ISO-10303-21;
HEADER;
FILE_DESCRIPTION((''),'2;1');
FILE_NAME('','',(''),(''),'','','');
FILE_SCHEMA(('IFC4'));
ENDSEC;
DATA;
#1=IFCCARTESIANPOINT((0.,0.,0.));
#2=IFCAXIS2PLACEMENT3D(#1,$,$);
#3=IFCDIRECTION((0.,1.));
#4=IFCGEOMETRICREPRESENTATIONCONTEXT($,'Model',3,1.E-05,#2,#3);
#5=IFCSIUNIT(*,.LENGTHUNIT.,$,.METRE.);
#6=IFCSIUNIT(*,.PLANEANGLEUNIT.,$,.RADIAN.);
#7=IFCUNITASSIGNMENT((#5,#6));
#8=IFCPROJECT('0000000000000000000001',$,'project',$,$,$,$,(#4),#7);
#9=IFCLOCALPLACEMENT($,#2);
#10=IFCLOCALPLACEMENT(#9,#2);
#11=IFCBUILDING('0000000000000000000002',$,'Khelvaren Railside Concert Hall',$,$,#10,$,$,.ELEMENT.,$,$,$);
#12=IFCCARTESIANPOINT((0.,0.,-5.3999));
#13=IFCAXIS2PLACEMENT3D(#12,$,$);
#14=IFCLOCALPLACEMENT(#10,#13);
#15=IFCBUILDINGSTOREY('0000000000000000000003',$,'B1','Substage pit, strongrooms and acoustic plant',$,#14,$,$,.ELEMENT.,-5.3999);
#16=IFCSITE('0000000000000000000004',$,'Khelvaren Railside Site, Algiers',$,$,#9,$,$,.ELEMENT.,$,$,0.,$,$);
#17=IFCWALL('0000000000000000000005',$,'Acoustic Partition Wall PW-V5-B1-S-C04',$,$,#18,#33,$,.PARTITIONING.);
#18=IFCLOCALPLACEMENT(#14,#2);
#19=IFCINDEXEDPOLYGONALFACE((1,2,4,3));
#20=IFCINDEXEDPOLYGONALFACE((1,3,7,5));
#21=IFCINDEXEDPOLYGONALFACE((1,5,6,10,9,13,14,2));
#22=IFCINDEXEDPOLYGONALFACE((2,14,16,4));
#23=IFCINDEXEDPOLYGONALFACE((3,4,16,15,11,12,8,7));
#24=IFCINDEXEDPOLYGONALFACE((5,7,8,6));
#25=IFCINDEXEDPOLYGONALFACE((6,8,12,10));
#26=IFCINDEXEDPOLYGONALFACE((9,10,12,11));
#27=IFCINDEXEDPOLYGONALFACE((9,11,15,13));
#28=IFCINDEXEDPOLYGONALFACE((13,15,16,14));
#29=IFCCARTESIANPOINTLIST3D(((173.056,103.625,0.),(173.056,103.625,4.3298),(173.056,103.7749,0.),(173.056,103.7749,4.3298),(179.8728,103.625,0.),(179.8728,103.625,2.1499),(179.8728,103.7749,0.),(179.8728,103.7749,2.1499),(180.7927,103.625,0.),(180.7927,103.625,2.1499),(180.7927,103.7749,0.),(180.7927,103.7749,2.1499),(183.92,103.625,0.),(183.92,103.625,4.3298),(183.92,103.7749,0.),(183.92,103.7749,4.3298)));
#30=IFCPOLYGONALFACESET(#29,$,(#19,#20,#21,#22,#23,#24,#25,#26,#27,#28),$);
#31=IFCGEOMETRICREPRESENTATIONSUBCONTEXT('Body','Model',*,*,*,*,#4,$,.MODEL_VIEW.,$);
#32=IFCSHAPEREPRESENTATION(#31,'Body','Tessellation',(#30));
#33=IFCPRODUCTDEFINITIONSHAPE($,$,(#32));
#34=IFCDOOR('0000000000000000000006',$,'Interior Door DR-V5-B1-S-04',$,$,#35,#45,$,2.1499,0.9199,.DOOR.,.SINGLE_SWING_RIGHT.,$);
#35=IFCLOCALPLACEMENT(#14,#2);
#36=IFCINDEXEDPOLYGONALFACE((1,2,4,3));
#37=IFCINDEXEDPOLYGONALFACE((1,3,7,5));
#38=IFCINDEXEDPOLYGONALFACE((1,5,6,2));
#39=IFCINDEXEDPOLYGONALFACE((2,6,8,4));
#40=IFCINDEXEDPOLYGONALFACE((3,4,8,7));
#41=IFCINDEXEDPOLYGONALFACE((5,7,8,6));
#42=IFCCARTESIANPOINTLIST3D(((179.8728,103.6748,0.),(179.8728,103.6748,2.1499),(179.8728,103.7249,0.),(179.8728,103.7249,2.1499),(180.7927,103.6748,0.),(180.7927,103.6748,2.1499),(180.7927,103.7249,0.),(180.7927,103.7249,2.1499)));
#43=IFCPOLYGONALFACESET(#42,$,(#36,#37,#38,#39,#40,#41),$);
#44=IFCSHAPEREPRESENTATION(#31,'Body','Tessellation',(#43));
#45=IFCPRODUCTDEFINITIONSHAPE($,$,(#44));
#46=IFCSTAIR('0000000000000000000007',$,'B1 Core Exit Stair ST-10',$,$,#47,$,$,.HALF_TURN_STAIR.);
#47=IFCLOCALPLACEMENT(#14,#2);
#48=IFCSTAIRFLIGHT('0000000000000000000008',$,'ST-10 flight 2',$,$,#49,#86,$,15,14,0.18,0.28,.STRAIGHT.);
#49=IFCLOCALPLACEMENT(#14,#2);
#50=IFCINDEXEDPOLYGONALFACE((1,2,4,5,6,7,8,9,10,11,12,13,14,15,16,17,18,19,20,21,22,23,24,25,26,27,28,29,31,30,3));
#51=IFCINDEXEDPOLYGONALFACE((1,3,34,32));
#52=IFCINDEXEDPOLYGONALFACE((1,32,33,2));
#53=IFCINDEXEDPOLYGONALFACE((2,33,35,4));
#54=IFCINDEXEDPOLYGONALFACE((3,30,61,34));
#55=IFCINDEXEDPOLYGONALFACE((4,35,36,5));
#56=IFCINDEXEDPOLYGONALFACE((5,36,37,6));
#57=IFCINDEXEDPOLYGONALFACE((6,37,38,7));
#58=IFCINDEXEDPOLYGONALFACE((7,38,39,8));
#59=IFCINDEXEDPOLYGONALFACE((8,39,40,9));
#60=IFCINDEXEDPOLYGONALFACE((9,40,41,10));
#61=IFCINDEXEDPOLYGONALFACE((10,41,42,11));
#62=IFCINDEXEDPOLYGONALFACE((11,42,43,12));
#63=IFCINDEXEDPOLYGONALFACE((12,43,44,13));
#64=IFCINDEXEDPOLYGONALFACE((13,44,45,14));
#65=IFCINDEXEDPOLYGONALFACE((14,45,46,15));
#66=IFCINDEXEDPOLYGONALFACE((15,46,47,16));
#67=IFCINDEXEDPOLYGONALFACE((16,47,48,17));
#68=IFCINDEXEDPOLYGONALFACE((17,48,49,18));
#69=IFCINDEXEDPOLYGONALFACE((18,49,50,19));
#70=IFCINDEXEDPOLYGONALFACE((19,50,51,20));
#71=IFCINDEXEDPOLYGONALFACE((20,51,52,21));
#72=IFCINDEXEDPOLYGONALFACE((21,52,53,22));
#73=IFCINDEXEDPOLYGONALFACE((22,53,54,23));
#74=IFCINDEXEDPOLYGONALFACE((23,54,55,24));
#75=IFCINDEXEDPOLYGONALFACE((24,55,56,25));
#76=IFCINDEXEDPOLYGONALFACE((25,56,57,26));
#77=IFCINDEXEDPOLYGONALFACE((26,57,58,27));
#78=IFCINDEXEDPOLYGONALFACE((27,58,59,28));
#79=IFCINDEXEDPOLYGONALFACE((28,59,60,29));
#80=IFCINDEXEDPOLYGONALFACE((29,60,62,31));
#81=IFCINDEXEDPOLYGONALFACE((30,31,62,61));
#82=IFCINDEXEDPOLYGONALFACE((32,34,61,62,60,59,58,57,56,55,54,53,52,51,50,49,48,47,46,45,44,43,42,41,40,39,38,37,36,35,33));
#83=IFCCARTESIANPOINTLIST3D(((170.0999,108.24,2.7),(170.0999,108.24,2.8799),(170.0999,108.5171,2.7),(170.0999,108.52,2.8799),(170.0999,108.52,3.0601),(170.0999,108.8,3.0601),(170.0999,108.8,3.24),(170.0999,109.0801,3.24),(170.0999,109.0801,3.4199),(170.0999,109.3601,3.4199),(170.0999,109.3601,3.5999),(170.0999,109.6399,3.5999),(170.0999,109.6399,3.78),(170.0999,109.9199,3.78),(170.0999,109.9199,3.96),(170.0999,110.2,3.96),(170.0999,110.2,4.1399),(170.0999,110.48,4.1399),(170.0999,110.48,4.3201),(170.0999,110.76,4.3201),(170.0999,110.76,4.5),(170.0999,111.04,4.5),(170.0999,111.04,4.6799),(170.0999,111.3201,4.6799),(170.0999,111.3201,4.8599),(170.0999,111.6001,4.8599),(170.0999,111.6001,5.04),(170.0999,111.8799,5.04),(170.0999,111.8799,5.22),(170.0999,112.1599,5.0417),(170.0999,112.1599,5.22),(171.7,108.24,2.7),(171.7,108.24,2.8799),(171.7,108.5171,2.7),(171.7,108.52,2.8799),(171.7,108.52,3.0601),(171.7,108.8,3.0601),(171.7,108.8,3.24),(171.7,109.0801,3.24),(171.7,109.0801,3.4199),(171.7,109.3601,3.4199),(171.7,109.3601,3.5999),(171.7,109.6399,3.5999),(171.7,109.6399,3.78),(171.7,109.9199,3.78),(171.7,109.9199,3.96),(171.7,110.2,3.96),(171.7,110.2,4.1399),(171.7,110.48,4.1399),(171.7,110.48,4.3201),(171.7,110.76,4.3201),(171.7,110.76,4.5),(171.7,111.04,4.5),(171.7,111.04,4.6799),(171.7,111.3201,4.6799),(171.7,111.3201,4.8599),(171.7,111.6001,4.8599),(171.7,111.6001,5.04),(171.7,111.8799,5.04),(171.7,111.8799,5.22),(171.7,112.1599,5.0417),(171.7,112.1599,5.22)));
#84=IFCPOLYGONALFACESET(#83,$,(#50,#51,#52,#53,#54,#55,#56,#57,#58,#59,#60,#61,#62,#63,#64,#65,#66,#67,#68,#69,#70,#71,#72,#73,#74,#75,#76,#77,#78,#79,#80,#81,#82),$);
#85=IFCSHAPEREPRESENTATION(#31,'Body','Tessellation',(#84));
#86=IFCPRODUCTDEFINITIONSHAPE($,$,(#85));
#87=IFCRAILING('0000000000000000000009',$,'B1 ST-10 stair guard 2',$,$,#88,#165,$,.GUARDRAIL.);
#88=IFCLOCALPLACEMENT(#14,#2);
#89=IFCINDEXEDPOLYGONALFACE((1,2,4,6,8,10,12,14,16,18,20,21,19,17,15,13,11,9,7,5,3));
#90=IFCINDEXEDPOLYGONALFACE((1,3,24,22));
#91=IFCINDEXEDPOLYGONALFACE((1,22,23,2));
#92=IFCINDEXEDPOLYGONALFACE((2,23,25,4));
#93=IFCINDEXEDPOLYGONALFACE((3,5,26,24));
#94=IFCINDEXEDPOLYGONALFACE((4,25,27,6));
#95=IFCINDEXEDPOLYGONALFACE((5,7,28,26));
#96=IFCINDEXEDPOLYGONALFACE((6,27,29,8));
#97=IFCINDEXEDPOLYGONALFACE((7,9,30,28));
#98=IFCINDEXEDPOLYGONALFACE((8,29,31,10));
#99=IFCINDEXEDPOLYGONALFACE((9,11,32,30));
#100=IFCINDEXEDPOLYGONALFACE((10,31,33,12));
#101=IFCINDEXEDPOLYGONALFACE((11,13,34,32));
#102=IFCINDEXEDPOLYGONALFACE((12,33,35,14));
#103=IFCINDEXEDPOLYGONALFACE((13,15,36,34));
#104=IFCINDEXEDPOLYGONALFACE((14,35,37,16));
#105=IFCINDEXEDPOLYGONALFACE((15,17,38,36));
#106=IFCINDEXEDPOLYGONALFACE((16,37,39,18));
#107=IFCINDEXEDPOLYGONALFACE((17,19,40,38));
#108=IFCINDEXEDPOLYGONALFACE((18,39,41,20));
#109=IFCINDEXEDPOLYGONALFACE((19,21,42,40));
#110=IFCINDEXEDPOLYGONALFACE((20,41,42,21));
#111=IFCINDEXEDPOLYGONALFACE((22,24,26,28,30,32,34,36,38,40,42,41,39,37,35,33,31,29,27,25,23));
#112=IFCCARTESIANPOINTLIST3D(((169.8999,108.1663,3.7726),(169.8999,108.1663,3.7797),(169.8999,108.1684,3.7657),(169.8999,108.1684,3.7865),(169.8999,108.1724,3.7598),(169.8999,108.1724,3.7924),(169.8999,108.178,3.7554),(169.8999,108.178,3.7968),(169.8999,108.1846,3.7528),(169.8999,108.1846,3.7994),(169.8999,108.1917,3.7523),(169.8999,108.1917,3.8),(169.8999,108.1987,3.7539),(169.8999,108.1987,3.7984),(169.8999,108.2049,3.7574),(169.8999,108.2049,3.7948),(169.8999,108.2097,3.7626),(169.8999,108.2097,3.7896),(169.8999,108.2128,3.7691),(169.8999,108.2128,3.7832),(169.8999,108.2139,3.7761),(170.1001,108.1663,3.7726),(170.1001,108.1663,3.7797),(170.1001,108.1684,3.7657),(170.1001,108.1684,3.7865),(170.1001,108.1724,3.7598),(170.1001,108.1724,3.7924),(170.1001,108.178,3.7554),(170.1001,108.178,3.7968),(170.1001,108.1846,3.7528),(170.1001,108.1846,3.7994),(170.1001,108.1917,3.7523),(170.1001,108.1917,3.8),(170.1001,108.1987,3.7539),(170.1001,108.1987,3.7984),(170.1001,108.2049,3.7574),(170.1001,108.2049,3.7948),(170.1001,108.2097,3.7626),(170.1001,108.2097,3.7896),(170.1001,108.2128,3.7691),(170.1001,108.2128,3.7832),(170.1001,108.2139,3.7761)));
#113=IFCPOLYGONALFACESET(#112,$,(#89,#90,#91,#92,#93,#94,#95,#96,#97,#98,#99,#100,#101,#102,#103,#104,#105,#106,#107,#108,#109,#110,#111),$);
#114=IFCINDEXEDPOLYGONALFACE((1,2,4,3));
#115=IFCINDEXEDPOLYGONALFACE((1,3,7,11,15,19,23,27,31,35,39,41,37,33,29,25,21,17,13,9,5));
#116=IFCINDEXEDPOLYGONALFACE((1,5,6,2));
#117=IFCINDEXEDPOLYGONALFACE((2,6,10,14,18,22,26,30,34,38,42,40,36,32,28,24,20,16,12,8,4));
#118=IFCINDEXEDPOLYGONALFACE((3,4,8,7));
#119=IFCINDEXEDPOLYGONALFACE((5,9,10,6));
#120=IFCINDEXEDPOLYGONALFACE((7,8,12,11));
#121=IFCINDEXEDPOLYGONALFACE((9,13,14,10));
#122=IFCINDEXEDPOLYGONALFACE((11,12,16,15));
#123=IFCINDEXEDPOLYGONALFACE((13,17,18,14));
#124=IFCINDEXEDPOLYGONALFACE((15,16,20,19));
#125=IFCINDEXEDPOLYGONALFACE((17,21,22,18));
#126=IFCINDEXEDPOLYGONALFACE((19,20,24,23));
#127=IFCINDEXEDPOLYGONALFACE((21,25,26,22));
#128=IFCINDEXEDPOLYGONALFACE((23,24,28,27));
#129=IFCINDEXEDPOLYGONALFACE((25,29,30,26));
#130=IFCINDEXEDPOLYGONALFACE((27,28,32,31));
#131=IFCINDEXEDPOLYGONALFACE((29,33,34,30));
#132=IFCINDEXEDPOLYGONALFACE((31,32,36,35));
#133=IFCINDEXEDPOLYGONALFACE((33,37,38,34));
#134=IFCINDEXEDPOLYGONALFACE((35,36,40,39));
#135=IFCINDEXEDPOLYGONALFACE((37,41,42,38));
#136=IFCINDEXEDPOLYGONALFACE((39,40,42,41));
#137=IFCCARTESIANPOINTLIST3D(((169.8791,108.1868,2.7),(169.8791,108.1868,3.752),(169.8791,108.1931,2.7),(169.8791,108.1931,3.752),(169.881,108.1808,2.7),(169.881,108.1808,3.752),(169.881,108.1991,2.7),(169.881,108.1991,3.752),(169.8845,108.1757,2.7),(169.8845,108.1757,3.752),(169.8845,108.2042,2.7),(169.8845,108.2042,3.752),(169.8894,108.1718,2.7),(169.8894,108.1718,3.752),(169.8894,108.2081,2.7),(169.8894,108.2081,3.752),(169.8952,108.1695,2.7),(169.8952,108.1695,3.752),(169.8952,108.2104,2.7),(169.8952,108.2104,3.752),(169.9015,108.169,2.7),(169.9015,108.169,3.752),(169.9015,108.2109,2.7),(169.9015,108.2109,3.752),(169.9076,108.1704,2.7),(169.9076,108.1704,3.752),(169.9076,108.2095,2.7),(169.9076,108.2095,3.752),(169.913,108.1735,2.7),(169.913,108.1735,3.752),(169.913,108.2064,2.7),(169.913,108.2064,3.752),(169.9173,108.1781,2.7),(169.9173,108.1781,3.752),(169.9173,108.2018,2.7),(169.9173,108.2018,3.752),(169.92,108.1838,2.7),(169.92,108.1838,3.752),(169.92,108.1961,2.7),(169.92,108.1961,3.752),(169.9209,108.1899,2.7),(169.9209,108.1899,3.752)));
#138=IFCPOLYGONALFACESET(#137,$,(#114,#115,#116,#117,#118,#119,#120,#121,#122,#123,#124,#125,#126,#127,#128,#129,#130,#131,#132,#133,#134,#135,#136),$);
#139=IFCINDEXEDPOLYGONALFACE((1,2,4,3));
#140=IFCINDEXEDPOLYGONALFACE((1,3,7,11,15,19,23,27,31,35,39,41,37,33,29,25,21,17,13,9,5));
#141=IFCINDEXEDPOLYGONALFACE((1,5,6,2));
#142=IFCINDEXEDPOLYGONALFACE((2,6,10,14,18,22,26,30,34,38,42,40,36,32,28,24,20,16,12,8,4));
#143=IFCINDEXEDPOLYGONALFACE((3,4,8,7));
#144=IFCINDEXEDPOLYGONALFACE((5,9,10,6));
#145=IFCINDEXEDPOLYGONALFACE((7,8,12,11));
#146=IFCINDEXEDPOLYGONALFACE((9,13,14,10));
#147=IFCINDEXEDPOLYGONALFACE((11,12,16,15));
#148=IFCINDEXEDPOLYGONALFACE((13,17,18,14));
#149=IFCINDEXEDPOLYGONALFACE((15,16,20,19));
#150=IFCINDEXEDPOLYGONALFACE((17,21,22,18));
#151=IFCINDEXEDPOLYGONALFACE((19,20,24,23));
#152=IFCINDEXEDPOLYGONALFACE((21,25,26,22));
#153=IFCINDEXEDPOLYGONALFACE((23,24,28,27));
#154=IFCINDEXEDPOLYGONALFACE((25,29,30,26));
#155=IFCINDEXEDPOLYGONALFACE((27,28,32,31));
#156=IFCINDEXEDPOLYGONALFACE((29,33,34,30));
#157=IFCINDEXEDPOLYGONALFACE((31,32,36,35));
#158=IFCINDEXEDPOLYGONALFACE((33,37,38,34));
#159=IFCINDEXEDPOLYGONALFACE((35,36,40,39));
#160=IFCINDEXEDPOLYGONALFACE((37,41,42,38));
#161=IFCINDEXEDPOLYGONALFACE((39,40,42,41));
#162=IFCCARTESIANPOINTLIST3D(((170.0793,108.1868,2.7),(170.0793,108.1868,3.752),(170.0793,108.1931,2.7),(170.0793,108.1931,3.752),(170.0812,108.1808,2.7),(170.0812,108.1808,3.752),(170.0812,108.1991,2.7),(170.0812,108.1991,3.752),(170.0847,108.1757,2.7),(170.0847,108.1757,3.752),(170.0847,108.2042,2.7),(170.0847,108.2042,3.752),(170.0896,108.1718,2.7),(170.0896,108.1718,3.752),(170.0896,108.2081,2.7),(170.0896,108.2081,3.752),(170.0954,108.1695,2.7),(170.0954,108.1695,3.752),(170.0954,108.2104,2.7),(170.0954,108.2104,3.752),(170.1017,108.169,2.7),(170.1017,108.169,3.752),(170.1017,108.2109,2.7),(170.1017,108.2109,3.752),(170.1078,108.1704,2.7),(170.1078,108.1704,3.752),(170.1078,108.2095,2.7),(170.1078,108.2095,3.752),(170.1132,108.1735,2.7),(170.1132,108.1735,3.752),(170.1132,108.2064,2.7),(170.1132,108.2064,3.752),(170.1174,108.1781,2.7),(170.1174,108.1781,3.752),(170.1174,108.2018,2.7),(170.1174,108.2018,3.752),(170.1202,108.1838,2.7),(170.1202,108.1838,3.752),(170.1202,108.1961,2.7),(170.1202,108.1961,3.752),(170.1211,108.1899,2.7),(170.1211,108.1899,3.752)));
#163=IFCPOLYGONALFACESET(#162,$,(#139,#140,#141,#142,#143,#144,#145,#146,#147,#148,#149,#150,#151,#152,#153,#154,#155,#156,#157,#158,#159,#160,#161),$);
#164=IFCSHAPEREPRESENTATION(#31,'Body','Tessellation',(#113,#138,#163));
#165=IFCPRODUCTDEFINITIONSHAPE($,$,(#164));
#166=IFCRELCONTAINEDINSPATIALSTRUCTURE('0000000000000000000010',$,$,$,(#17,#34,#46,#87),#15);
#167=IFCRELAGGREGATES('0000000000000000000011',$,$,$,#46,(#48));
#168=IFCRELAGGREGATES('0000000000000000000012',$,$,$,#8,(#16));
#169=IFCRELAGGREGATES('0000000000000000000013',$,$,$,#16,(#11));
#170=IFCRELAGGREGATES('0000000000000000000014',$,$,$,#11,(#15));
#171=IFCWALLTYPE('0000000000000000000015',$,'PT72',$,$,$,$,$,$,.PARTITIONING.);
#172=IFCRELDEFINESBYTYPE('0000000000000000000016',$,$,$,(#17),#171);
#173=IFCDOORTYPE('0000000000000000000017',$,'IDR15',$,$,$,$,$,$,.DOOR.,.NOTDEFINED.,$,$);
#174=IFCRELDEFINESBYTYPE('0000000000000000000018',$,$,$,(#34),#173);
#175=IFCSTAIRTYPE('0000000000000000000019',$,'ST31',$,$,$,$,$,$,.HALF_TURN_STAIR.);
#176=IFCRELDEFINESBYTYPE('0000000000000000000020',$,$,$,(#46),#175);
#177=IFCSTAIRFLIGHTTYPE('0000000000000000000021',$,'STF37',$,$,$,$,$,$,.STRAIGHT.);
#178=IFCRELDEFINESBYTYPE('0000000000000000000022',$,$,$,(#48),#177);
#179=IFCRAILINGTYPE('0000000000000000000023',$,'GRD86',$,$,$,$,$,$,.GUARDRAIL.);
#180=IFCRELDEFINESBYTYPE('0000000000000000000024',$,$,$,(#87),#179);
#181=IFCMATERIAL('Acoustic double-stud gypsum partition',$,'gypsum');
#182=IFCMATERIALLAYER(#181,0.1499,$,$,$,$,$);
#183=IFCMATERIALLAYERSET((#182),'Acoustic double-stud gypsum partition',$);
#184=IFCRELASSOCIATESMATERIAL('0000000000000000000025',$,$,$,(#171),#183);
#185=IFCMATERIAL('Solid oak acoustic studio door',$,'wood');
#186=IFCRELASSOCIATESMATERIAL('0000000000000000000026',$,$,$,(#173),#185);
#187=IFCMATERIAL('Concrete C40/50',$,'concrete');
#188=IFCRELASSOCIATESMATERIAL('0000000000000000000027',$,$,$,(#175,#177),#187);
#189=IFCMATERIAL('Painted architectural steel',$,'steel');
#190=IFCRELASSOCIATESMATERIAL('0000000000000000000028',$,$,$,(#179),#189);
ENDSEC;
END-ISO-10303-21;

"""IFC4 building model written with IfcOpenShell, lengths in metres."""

from ifc_helpers import new_model, si_unit, direction, frame, frame_2d, origin, origin_2d, place, context, subcontext, project, spatial, polyline, rectangle, circle, outline, extrude, material, layer, layer_set, type_object, element, fill, aggregate, save


model = new_model("IFC4")

# Units and contexts
model_context = context("Model", 3, precision=1e-05, world=origin(), true_north=direction((0.0, 1.0)))
body_context = subcontext(model_context, "Body", "Model", "MODEL_VIEW")
ifc_project = project(units=[si_unit("LENGTHUNIT", "METRE"), si_unit("PLANEANGLEUNIT", "RADIAN")], contexts=[model_context])

# Site, building, storey
site_placement = place(None, origin())
site = spatial("IfcSite", under=ifc_project, at=site_placement, Name="Khelvaren Railside Site, Algiers", CompositionType="ELEMENT", RefElevation=0.0)
building_placement = place(site_placement, origin())
building = spatial("IfcBuilding", under=site, at=building_placement, Name="Khelvaren Railside Concert Hall", CompositionType="ELEMENT")
storey_placement = place(building_placement, frame((0.0, 0.0, -5.3999)))
storey = spatial("IfcBuildingStorey", under=building, at=storey_placement, Name="B1", Description="Substage pit, strongrooms and acoustic plant", CompositionType="ELEMENT", Elevation=-5.3999)

# Wall, opening, door
ifc_material_1 = material(Name="Concrete C40/50", Category="concrete")
ifc_material_2 = material(Name="Acoustic double-stud gypsum partition", Category="gypsum")
ifc_layer_1 = layer(ifc_material_2, 0.1499)
ifc_layer_set_1 = layer_set([ifc_layer_1], Name="Acoustic double-stud gypsum partition")
wall_type_1 = type_object("IfcWallType", Name="PT72", PredefinedType="PARTITIONING", material=ifc_layer_set_1)
wall_1_placement = place(storey_placement, frame((173.0559, 103.7, 0.0), z_axis=(0.0, 0.0, 1.0), x_axis=(1.0, 0.0, 0.0)))
wall_1 = element("IfcWall", 1, at=wall_1_placement, inside=storey, type_object=wall_type_1, Name="Acoustic Partition Wall PW-V5-B1-S-C04", PredefinedType="PARTITIONING", context=body_context, shape_type="SweptSolid", body=[
    extrude(rectangle(XDim=10.864, YDim=0.1499, at=frame_2d((5.4321, 0.0))), origin(), (0.0, 0.0, 1.0), 4.3298),
])
opening_1_placement = place(wall_1_placement, frame((6.8169, 0.0, 0.0)))
opening_1 = element("IfcOpeningElement", 2, at=opening_1_placement, cuts=wall_1, PredefinedType="OPENING", context=body_context, shape_type="SweptSolid", body=[
    extrude(rectangle(XDim=0.9199, YDim=2.1499, at=frame_2d((0.46, 1.075))), frame((0.0, 0.085, 0.0), z_axis=(0.0, -1.0, 0.0), x_axis=(1.0, 0.0, 0.0)), (0.0, 0.0, 1.0), 0.1699),
])
ifc_material_3 = material(Name="Solid oak acoustic studio door", Category="wood")
door_type_1 = type_object("IfcDoorType", Name="IDR15", OperationType="NOTDEFINED", PredefinedType="DOOR", material=ifc_material_3)
door_1_placement = place(opening_1_placement, origin())
door_1 = element("IfcDoor", 3, at=door_1_placement, inside=storey, type_object=door_type_1, Name="Interior Door DR-V5-B1-S-04", OperationType="SINGLE_SWING_RIGHT", OverallHeight=2.1499, OverallWidth=0.9199, PredefinedType="DOOR", context=body_context, shape_type="SweptSolid", body=[
    extrude(rectangle(XDim=0.9199, YDim=2.1499, at=frame_2d((0.46, 1.075))), frame((0.0, 0.0249, 0.0), z_axis=(0.0, -1.0, 0.0), x_axis=(1.0, 0.0, 0.0)), (0.0, 0.0, 1.0), 0.05),
])
fill(opening_1, door_1)

# Stair, stair flight
stair_type = type_object("IfcStairType", Name="ST31", PredefinedType="HALF_TURN_STAIR", material=ifc_material_1)
stair_placement = place(storey_placement, origin())
stair = element("IfcStair", 4, at=stair_placement, inside=storey, type_object=stair_type, Name="B1 Core Exit Stair ST-10", PredefinedType="HALF_TURN_STAIR")
stair_flight_type = type_object("IfcStairFlightType", Name="STF37", PredefinedType="STRAIGHT", material=ifc_material_1)
stair_flight_placement = place(storey_placement, frame((170.8999, 108.24, 2.7), z_axis=(0.0, 0.0, 1.0), x_axis=(0.0, 1.0, 0.0)))
stair_flight = element("IfcStairFlight", 5, at=stair_flight_placement, type_object=stair_flight_type, Name="ST-10 flight 2", NumberOfRisers=15, NumberOfTreads=14, PredefinedType="STRAIGHT", RiserHeight=0.18, TreadLength=0.28, context=body_context, shape_type="SweptSolid", body=[
    extrude(outline(polyline([(0.0, 0.0), (0.0, 0.1799), (0.28, 0.1799), (0.28, 0.3601), (0.5601, 0.3601), (0.5601, 0.54), (0.8401, 0.54), (0.8401, 0.72), (1.1201, 0.72), (1.1201, 0.8999), (1.3999, 0.8999), (1.3999, 1.0801), (1.6799, 1.0801), (1.6799, 1.26), (1.96, 1.26), (1.96, 1.4399), (2.24, 1.4399), (2.24, 1.6201), (2.52, 1.6201), (2.52, 1.8), (2.8, 1.8), (2.8, 1.98), (3.0801, 1.98), (3.0801, 2.1599), (3.3601, 2.1599), (3.3601, 2.3401), (3.6399, 2.3401), (3.6399, 2.52), (3.9199, 2.52), (3.9199, 2.7), (3.9199, 2.3418), (0.2771, 0.0), (0.0, 0.0)])), frame((0.0, 0.8, 0.0), z_axis=(0.0, -1.0, 0.0), x_axis=(1.0, 0.0, 0.0)), (0.0, 0.0, 1.0), 1.6001),
])
aggregate(stair, [stair_flight])

# Railing
ifc_material_4 = material(Name="Painted architectural steel", Category="steel")
railing_type_1 = type_object("IfcRailingType", Name="GRD86", PredefinedType="GUARDRAIL", material=ifc_material_4)
railing_1_placement = place(storey_placement, frame((169.8999, 108.1899, 2.7)))
element("IfcRailing", 6, at=railing_1_placement, inside=storey, type_object=railing_type_1, Name="B1 ST-10 stair guard 2", PredefinedType="GUARDRAIL", context=body_context, shape_type="SweptSolid", body=[
    extrude(circle(Radius=0.0239, at=origin_2d()), frame((0.0, 0.0, 1.0762), z_axis=(1.0, 0.0, 0.0), x_axis=(0.0, 1.0, 0.0)), (0.0, 0.0, 1.0), 0.2002),
    extrude(circle(Radius=0.021, at=origin_2d()), origin(), (0.0, 0.0, 1.0), 1.052),
    extrude(circle(Radius=0.021, at=origin_2d()), frame((0.2002, 0.0, 0.0)), (0.0, 0.0, 1.0), 1.052),
])

save(model, "model.ifc")
